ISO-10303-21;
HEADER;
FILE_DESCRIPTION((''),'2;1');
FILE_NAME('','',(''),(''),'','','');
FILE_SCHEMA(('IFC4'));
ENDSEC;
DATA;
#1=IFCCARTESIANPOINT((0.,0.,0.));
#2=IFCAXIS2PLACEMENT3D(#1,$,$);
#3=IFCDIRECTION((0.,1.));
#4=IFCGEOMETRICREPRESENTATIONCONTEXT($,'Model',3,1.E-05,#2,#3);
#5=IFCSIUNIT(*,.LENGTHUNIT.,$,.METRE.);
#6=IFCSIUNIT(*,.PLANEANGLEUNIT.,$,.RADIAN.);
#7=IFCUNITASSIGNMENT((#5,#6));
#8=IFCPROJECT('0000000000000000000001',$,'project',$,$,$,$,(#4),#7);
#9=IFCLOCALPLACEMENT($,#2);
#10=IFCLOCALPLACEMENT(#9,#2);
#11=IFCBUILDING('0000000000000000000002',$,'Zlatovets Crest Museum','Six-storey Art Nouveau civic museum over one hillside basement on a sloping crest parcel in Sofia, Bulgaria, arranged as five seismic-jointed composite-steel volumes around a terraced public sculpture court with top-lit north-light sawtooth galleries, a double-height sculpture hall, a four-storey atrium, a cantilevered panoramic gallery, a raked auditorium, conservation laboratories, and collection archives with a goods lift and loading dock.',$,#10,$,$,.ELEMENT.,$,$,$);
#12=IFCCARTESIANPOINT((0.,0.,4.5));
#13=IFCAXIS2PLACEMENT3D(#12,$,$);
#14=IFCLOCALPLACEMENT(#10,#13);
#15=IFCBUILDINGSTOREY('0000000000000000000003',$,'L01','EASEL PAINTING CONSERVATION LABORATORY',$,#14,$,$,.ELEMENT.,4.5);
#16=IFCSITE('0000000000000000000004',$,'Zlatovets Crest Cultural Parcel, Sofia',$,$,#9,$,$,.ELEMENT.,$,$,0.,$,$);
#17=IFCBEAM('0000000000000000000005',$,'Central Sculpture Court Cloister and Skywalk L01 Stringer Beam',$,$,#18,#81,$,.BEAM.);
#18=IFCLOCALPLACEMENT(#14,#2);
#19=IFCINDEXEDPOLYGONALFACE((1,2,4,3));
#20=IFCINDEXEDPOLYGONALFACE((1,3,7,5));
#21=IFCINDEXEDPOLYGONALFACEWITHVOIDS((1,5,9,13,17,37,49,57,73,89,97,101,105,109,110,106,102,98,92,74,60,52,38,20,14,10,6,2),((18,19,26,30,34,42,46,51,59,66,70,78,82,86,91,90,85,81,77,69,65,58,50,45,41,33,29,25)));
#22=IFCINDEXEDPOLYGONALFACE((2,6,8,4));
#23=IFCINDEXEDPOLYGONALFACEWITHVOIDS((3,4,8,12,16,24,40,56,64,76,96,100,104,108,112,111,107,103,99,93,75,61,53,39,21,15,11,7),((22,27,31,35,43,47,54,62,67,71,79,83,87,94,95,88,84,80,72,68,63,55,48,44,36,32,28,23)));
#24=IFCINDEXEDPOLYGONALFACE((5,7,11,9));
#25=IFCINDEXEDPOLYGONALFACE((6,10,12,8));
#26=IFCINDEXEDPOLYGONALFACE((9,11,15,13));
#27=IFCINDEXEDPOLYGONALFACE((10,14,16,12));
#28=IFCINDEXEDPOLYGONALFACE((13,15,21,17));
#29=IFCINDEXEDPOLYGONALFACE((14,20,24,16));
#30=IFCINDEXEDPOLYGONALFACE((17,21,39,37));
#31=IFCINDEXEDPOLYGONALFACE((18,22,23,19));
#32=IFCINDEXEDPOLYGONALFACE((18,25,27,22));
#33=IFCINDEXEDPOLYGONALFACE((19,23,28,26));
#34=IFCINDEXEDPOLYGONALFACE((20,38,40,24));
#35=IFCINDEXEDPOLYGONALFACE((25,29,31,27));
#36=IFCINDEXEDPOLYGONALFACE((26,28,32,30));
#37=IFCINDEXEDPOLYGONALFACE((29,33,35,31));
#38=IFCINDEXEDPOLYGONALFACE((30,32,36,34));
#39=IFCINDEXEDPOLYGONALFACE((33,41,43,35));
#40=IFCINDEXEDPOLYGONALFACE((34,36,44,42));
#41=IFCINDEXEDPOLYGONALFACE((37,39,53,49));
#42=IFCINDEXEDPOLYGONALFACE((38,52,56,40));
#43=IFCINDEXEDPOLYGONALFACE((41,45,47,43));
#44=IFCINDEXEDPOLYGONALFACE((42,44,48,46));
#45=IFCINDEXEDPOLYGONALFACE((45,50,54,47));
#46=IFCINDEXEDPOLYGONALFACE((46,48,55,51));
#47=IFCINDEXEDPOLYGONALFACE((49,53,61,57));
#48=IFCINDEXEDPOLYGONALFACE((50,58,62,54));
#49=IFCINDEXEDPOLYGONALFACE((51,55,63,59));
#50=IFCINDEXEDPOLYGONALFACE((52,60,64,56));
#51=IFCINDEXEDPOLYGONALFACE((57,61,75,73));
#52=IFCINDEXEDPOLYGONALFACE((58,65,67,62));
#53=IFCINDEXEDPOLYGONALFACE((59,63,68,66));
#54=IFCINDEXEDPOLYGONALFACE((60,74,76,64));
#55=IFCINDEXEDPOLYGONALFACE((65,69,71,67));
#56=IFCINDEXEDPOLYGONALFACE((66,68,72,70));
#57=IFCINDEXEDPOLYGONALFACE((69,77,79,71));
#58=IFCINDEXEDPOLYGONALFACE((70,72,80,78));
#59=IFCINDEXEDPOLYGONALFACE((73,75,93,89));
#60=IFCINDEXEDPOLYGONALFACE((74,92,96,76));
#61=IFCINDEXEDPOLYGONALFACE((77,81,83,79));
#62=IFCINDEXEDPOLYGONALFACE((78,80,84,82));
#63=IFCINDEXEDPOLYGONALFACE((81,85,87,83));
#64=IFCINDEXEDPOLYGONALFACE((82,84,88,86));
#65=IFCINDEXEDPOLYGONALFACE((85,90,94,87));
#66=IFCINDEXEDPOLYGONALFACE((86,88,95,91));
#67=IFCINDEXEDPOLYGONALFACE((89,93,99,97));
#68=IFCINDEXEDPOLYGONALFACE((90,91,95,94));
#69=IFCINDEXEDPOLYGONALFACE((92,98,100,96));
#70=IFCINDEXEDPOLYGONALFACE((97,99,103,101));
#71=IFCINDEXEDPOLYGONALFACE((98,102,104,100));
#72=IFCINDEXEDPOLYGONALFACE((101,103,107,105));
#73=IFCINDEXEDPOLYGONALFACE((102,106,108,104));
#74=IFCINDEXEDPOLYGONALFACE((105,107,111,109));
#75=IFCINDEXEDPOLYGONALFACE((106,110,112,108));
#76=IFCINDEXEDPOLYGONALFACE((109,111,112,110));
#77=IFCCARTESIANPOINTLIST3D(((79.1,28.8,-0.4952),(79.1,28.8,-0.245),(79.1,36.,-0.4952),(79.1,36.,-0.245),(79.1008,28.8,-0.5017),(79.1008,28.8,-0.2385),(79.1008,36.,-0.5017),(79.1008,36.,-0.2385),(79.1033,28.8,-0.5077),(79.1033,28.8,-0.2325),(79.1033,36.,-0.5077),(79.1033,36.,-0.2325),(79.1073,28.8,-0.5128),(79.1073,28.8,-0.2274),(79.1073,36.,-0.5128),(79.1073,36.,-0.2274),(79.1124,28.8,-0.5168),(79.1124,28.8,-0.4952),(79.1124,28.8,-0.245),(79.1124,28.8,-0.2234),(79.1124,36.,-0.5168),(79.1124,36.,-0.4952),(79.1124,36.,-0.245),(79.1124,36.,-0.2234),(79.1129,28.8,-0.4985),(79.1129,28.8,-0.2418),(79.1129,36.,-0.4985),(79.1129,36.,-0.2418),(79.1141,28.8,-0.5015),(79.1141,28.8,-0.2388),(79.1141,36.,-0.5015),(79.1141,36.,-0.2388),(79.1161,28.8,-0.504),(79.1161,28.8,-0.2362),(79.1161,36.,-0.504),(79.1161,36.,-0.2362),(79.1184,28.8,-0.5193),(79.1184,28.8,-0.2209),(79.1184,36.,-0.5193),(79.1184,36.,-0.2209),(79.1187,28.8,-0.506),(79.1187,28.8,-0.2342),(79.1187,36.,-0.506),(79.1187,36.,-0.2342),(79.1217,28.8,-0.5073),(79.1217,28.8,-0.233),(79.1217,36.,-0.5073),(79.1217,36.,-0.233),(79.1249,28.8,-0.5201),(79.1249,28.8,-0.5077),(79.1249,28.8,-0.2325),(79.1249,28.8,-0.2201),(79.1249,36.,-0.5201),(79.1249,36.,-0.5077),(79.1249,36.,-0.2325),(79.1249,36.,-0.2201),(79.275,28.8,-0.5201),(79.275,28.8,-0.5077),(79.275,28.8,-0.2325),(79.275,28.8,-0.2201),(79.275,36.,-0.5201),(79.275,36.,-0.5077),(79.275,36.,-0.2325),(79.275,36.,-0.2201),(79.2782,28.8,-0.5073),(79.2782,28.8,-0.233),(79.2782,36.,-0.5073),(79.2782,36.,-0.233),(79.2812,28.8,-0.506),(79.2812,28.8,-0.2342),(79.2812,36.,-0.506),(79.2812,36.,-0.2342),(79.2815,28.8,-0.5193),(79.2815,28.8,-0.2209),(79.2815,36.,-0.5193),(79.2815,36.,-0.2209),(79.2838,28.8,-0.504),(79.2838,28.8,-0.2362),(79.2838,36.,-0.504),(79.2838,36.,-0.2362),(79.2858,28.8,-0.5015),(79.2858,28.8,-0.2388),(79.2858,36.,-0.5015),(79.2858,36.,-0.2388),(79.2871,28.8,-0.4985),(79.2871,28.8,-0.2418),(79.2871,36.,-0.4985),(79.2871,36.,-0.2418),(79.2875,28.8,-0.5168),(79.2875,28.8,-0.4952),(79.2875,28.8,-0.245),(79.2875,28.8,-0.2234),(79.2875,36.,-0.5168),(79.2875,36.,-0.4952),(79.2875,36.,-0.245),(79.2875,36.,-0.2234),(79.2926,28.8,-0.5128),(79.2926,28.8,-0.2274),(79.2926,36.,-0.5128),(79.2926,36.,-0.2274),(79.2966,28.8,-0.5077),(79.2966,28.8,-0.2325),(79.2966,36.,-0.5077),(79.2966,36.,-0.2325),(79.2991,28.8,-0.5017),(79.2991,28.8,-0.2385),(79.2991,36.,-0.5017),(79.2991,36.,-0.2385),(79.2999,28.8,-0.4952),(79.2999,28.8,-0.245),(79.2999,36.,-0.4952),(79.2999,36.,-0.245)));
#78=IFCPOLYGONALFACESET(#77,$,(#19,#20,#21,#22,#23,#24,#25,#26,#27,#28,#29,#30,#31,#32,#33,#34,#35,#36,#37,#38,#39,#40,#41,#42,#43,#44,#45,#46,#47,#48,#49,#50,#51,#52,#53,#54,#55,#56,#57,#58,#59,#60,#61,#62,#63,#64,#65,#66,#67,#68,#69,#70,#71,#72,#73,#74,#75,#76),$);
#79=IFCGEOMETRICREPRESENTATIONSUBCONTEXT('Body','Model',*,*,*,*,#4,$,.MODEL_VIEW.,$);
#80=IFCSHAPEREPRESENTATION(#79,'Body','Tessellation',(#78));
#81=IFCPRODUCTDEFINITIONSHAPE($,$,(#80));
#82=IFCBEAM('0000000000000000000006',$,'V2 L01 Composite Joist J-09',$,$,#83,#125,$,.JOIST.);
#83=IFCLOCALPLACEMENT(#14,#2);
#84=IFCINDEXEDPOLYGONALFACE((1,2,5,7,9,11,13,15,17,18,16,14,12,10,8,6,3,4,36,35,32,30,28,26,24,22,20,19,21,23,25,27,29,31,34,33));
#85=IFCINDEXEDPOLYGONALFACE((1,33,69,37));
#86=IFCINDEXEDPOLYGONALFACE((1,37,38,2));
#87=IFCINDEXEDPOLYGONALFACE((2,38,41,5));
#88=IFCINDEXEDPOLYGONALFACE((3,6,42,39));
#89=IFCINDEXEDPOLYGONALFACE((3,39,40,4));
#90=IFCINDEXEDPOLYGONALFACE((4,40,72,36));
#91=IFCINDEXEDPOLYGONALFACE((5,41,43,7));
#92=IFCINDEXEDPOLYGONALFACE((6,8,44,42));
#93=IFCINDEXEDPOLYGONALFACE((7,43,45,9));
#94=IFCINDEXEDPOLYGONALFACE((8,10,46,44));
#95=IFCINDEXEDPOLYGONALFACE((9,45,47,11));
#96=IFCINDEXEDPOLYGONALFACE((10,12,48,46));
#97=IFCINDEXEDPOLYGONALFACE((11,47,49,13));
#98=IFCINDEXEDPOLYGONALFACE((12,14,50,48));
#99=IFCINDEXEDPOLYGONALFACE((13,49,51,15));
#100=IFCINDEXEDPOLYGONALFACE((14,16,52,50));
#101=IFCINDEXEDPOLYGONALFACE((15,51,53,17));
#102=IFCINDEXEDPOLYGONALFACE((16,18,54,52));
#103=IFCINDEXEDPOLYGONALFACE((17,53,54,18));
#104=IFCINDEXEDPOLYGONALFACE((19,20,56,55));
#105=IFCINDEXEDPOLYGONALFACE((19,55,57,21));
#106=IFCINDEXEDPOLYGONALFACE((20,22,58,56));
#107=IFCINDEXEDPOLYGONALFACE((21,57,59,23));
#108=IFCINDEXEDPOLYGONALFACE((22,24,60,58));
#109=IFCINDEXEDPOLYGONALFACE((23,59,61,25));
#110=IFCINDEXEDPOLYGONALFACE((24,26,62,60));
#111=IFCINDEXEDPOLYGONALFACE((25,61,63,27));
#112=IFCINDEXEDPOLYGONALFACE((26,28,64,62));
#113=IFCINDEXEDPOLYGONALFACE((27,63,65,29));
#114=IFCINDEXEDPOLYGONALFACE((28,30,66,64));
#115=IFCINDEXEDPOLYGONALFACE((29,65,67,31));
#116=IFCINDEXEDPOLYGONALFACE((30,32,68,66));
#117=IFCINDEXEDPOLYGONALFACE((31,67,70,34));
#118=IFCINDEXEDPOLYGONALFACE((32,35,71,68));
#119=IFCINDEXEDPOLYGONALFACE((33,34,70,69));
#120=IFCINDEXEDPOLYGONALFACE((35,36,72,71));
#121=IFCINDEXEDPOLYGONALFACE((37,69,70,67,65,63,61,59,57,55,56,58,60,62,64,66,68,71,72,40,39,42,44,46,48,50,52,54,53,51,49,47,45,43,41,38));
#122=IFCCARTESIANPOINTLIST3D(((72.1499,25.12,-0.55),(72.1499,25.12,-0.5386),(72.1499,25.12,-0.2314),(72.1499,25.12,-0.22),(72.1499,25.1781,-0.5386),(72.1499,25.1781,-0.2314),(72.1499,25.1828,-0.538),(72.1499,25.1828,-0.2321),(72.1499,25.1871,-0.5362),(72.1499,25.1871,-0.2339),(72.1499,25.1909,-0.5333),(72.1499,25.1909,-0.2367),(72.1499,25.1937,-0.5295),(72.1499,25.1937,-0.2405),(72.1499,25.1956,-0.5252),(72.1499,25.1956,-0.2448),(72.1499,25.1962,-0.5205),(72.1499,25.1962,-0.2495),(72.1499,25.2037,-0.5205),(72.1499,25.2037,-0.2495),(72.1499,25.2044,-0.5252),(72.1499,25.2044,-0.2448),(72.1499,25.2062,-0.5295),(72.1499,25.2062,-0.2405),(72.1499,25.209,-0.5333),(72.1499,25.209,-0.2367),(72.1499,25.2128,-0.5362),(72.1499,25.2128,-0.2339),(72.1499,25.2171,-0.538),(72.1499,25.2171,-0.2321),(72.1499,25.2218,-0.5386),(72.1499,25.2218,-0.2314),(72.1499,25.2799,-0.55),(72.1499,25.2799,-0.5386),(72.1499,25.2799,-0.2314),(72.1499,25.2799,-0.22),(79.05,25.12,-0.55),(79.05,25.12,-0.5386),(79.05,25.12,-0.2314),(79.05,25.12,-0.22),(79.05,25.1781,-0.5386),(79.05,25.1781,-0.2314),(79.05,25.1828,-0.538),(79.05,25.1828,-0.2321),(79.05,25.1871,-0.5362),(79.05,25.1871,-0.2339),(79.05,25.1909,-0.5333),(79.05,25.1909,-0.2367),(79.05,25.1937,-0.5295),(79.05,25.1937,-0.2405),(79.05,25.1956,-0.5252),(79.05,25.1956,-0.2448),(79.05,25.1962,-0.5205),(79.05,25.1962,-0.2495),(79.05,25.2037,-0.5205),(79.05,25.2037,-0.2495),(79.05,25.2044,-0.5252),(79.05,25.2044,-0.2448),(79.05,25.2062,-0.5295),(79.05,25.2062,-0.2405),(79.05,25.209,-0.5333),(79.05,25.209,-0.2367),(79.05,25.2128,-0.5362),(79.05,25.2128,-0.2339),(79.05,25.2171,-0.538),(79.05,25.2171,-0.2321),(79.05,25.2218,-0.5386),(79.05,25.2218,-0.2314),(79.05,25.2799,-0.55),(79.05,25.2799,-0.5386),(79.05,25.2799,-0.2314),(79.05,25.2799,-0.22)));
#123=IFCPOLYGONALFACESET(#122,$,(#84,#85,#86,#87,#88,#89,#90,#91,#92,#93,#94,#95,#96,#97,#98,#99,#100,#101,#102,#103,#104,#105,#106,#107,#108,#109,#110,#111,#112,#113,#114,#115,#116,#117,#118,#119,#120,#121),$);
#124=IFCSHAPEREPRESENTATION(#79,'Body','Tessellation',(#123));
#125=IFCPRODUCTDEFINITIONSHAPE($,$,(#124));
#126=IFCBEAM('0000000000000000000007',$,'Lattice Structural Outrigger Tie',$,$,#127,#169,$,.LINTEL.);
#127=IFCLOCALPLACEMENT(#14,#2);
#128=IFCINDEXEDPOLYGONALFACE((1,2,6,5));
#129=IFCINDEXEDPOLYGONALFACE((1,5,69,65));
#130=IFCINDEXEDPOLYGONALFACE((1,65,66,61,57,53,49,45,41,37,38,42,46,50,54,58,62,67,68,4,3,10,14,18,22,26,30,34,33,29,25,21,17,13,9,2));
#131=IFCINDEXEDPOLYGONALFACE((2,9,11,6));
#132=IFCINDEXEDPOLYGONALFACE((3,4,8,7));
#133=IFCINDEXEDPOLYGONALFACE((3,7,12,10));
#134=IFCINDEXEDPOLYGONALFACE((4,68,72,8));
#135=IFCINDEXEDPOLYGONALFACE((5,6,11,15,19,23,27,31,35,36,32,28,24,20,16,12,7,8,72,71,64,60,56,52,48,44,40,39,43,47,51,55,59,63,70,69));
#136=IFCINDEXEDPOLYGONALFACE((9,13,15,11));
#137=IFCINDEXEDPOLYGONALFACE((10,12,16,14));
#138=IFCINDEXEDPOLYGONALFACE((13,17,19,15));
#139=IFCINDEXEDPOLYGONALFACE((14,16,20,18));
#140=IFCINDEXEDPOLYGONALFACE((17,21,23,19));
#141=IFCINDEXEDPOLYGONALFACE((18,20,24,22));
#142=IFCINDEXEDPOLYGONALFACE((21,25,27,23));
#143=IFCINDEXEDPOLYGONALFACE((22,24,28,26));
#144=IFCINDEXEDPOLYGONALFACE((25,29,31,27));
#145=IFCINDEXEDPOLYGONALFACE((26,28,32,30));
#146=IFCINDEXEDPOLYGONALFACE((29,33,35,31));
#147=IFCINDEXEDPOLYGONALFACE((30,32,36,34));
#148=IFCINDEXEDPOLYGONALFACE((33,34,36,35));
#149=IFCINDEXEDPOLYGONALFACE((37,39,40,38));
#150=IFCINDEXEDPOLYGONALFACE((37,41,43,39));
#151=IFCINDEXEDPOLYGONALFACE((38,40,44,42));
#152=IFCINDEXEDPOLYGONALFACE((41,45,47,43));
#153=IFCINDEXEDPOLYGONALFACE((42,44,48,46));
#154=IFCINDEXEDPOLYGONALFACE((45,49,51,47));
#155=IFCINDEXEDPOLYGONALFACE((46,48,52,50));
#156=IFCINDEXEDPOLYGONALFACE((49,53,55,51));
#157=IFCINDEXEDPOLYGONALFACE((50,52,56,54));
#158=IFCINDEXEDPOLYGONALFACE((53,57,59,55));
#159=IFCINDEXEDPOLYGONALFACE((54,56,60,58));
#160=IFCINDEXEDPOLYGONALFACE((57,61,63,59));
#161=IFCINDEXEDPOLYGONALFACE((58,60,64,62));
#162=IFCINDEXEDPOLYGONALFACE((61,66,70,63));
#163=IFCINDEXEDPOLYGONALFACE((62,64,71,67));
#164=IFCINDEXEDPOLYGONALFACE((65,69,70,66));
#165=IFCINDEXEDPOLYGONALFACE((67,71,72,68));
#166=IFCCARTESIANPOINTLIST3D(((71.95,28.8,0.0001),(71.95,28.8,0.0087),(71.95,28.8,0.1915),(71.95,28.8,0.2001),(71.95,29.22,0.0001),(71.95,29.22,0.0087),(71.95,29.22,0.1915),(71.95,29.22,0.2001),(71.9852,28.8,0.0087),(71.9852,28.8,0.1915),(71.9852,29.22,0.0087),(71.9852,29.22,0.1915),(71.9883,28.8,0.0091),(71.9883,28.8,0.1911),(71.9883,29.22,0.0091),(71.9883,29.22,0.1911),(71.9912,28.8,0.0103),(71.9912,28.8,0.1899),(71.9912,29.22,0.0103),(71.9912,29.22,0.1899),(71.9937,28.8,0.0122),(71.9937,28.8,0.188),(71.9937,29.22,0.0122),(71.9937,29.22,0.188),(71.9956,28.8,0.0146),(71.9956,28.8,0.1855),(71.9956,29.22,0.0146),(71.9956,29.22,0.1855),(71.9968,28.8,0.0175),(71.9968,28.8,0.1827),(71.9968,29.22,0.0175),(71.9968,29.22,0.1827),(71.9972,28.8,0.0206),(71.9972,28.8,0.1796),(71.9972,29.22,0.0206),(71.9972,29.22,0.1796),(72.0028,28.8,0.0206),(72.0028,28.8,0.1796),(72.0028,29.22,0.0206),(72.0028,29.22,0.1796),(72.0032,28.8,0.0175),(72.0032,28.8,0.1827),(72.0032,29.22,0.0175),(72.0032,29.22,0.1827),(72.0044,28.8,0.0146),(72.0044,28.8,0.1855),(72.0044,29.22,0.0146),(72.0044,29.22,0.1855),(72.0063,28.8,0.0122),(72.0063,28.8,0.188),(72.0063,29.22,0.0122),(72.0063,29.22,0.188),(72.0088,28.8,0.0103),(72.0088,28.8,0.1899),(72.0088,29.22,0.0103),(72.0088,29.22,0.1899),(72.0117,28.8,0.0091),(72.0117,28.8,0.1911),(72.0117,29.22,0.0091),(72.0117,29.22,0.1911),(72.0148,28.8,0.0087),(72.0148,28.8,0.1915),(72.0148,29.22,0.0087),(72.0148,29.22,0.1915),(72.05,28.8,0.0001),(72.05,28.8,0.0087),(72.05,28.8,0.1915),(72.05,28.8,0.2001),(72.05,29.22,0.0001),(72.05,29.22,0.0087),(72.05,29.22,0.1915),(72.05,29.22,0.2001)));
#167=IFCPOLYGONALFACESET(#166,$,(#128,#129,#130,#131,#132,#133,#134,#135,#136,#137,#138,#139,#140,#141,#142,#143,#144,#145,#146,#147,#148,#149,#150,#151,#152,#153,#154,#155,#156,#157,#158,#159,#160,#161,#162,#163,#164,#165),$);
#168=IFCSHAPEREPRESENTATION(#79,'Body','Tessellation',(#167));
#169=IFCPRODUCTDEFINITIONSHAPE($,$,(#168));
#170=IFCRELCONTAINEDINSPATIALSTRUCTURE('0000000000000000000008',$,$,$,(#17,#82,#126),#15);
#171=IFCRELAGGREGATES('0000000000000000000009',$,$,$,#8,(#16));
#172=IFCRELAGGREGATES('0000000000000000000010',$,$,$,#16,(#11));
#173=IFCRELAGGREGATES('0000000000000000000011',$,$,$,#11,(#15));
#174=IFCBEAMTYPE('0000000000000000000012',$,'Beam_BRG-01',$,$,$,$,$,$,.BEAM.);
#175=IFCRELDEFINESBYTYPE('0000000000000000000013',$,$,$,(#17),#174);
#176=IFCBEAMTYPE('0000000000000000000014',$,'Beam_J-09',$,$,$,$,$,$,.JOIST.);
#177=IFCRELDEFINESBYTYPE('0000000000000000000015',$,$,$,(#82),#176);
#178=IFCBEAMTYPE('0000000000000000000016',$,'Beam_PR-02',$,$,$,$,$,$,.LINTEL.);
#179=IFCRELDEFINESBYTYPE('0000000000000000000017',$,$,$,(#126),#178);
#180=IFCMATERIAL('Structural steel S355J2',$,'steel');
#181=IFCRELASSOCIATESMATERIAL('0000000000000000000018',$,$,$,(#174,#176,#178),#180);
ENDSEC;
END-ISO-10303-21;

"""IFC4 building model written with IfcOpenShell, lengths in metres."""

from ifc_helpers import new_model, si_unit, direction, frame, origin, origin_2d, place, context, subcontext, project, spatial, hollow_rectangle, i_section, extrude, material, material_profile, profile_set, type_object, element, save


model = new_model("IFC4")

# Units and contexts
model_context = context("Model", 3, precision=1e-05, world=origin(), true_north=direction((0.0, 1.0)))
body_context = subcontext(model_context, "Body", "Model", "MODEL_VIEW")
ifc_project = project(units=[si_unit("LENGTHUNIT", "METRE"), si_unit("PLANEANGLEUNIT", "RADIAN")], contexts=[model_context])

# Site, building, storey
site_placement = place(None, origin())
site = spatial("IfcSite", under=ifc_project, at=site_placement, Name="Zlatovets Crest Cultural Parcel, Sofia", CompositionType="ELEMENT", RefElevation=0.0)
building_placement = place(site_placement, origin())
building = spatial("IfcBuilding", under=site, at=building_placement, Name="Zlatovets Crest Museum", Description="Six-storey Art Nouveau civic museum over one hillside basement on a sloping crest parcel in Sofia, Bulgaria, arranged as five seismic-jointed composite-steel volumes around a terraced public sculpture court with top-lit north-light sawtooth galleries, a double-height sculpture hall, a four-storey atrium, a cantilevered panoramic gallery, a raked auditorium, conservation laboratories, and collection archives with a goods lift and loading dock.", CompositionType="ELEMENT")
storey_placement = place(building_placement, frame((0.0, 0.0, 4.5)))
storey = spatial("IfcBuildingStorey", under=building, at=storey_placement, Name="L01", Description="EASEL PAINTING CONSERVATION LABORATORY", CompositionType="ELEMENT", Elevation=4.5)

# Shared definitions
ifc_material_1 = material(Name="Structural steel S355J2", Category="steel")

# Beams
ifc_material_profile_1 = material_profile(ifc_material_1, hollow_rectangle(XDim=0.2, YDim=0.3, WallThickness=0.0125, InnerFilletRadius=0.0125, OuterFilletRadius=0.0249, at=origin_2d()), Name="RHS 200x300x12.5")
ifc_profile_set_1 = profile_set([ifc_material_profile_1], Name="Structural steel S355J2")
beam_type_1 = type_object("IfcBeamType", Name="Beam_BRG-01", PredefinedType="BEAM", material=ifc_profile_set_1)
beam_1_placement = place(storey_placement, frame((79.2, 28.8, -0.3701), z_axis=(0.0, 1.0, 0.0), x_axis=(-1.0, 0.0, 0.0)))
element("IfcBeam", 1, at=beam_1_placement, inside=storey, type_object=beam_type_1, Name="Central Sculpture Court Cloister and Skywalk L01 Stringer Beam", PredefinedType="BEAM", context=body_context, shape_type="SweptSolid", body=[
    extrude(hollow_rectangle(XDim=0.2, YDim=0.3, WallThickness=0.0125, InnerFilletRadius=0.0125, OuterFilletRadius=0.0249, at=origin_2d()), origin(), (0.0, 0.0, 1.0), 7.2),
])
ifc_material_profile_2 = material_profile(ifc_material_1, i_section(OverallWidth=0.1599, OverallDepth=0.3301, WebThickness=0.0076, FlangeThickness=0.0115, FilletRadius=0.0181, at=origin_2d()), Name="IPE 330")
ifc_profile_set_2 = profile_set([ifc_material_profile_2], Name="Structural steel S355J2")
beam_type_2 = type_object("IfcBeamType", Name="Beam_J-09", PredefinedType="JOIST", material=ifc_profile_set_2)
beam_2_placement = place(storey_placement, frame((72.1499, 25.2, -0.385), z_axis=(1.0, 0.0, 0.0), x_axis=(0.0, 1.0, 0.0)))
element("IfcBeam", 2, at=beam_2_placement, inside=storey, type_object=beam_type_2, Name="V2 L01 Composite Joist J-09", PredefinedType="JOIST", context=body_context, shape_type="SweptSolid", body=[
    extrude(i_section(OverallWidth=0.1599, OverallDepth=0.3301, WebThickness=0.0076, FlangeThickness=0.0115, FilletRadius=0.0181, at=origin_2d()), origin(), (0.0, 0.0, 1.0), 6.9001),
])
ifc_material_profile_3 = material_profile(ifc_material_1, i_section(OverallWidth=0.1001, OverallDepth=0.2, WebThickness=0.0056, FlangeThickness=0.0085, FilletRadius=0.012, at=origin_2d()), Name="IPE 200")
ifc_profile_set_3 = profile_set([ifc_material_profile_3], Name="Structural steel S355J2")
beam_type_3 = type_object("IfcBeamType", Name="Beam_PR-02", PredefinedType="LINTEL", material=ifc_profile_set_3)
for number, where, z_axis, x_axis, name in (
    (3, (72.0, 28.8, 0.1001), (0.0, 1.0, 0.0), (-1.0, 0.0, 0.0), "Lattice Structural Outrigger Tie"),
):
    element("IfcBeam", number, at=place(storey_placement, frame(where, z_axis=z_axis, x_axis=x_axis)), inside=storey, type_object=beam_type_3, Name=name, PredefinedType="LINTEL", context=body_context, shape_type="SweptSolid", body=[
        extrude(i_section(OverallWidth=0.1001, OverallDepth=0.2, WebThickness=0.0056, FlangeThickness=0.0085, FilletRadius=0.012, at=origin_2d()), origin(), (0.0, 0.0, 1.0), 0.4199),
    ])

save(model, "model.ifc")
